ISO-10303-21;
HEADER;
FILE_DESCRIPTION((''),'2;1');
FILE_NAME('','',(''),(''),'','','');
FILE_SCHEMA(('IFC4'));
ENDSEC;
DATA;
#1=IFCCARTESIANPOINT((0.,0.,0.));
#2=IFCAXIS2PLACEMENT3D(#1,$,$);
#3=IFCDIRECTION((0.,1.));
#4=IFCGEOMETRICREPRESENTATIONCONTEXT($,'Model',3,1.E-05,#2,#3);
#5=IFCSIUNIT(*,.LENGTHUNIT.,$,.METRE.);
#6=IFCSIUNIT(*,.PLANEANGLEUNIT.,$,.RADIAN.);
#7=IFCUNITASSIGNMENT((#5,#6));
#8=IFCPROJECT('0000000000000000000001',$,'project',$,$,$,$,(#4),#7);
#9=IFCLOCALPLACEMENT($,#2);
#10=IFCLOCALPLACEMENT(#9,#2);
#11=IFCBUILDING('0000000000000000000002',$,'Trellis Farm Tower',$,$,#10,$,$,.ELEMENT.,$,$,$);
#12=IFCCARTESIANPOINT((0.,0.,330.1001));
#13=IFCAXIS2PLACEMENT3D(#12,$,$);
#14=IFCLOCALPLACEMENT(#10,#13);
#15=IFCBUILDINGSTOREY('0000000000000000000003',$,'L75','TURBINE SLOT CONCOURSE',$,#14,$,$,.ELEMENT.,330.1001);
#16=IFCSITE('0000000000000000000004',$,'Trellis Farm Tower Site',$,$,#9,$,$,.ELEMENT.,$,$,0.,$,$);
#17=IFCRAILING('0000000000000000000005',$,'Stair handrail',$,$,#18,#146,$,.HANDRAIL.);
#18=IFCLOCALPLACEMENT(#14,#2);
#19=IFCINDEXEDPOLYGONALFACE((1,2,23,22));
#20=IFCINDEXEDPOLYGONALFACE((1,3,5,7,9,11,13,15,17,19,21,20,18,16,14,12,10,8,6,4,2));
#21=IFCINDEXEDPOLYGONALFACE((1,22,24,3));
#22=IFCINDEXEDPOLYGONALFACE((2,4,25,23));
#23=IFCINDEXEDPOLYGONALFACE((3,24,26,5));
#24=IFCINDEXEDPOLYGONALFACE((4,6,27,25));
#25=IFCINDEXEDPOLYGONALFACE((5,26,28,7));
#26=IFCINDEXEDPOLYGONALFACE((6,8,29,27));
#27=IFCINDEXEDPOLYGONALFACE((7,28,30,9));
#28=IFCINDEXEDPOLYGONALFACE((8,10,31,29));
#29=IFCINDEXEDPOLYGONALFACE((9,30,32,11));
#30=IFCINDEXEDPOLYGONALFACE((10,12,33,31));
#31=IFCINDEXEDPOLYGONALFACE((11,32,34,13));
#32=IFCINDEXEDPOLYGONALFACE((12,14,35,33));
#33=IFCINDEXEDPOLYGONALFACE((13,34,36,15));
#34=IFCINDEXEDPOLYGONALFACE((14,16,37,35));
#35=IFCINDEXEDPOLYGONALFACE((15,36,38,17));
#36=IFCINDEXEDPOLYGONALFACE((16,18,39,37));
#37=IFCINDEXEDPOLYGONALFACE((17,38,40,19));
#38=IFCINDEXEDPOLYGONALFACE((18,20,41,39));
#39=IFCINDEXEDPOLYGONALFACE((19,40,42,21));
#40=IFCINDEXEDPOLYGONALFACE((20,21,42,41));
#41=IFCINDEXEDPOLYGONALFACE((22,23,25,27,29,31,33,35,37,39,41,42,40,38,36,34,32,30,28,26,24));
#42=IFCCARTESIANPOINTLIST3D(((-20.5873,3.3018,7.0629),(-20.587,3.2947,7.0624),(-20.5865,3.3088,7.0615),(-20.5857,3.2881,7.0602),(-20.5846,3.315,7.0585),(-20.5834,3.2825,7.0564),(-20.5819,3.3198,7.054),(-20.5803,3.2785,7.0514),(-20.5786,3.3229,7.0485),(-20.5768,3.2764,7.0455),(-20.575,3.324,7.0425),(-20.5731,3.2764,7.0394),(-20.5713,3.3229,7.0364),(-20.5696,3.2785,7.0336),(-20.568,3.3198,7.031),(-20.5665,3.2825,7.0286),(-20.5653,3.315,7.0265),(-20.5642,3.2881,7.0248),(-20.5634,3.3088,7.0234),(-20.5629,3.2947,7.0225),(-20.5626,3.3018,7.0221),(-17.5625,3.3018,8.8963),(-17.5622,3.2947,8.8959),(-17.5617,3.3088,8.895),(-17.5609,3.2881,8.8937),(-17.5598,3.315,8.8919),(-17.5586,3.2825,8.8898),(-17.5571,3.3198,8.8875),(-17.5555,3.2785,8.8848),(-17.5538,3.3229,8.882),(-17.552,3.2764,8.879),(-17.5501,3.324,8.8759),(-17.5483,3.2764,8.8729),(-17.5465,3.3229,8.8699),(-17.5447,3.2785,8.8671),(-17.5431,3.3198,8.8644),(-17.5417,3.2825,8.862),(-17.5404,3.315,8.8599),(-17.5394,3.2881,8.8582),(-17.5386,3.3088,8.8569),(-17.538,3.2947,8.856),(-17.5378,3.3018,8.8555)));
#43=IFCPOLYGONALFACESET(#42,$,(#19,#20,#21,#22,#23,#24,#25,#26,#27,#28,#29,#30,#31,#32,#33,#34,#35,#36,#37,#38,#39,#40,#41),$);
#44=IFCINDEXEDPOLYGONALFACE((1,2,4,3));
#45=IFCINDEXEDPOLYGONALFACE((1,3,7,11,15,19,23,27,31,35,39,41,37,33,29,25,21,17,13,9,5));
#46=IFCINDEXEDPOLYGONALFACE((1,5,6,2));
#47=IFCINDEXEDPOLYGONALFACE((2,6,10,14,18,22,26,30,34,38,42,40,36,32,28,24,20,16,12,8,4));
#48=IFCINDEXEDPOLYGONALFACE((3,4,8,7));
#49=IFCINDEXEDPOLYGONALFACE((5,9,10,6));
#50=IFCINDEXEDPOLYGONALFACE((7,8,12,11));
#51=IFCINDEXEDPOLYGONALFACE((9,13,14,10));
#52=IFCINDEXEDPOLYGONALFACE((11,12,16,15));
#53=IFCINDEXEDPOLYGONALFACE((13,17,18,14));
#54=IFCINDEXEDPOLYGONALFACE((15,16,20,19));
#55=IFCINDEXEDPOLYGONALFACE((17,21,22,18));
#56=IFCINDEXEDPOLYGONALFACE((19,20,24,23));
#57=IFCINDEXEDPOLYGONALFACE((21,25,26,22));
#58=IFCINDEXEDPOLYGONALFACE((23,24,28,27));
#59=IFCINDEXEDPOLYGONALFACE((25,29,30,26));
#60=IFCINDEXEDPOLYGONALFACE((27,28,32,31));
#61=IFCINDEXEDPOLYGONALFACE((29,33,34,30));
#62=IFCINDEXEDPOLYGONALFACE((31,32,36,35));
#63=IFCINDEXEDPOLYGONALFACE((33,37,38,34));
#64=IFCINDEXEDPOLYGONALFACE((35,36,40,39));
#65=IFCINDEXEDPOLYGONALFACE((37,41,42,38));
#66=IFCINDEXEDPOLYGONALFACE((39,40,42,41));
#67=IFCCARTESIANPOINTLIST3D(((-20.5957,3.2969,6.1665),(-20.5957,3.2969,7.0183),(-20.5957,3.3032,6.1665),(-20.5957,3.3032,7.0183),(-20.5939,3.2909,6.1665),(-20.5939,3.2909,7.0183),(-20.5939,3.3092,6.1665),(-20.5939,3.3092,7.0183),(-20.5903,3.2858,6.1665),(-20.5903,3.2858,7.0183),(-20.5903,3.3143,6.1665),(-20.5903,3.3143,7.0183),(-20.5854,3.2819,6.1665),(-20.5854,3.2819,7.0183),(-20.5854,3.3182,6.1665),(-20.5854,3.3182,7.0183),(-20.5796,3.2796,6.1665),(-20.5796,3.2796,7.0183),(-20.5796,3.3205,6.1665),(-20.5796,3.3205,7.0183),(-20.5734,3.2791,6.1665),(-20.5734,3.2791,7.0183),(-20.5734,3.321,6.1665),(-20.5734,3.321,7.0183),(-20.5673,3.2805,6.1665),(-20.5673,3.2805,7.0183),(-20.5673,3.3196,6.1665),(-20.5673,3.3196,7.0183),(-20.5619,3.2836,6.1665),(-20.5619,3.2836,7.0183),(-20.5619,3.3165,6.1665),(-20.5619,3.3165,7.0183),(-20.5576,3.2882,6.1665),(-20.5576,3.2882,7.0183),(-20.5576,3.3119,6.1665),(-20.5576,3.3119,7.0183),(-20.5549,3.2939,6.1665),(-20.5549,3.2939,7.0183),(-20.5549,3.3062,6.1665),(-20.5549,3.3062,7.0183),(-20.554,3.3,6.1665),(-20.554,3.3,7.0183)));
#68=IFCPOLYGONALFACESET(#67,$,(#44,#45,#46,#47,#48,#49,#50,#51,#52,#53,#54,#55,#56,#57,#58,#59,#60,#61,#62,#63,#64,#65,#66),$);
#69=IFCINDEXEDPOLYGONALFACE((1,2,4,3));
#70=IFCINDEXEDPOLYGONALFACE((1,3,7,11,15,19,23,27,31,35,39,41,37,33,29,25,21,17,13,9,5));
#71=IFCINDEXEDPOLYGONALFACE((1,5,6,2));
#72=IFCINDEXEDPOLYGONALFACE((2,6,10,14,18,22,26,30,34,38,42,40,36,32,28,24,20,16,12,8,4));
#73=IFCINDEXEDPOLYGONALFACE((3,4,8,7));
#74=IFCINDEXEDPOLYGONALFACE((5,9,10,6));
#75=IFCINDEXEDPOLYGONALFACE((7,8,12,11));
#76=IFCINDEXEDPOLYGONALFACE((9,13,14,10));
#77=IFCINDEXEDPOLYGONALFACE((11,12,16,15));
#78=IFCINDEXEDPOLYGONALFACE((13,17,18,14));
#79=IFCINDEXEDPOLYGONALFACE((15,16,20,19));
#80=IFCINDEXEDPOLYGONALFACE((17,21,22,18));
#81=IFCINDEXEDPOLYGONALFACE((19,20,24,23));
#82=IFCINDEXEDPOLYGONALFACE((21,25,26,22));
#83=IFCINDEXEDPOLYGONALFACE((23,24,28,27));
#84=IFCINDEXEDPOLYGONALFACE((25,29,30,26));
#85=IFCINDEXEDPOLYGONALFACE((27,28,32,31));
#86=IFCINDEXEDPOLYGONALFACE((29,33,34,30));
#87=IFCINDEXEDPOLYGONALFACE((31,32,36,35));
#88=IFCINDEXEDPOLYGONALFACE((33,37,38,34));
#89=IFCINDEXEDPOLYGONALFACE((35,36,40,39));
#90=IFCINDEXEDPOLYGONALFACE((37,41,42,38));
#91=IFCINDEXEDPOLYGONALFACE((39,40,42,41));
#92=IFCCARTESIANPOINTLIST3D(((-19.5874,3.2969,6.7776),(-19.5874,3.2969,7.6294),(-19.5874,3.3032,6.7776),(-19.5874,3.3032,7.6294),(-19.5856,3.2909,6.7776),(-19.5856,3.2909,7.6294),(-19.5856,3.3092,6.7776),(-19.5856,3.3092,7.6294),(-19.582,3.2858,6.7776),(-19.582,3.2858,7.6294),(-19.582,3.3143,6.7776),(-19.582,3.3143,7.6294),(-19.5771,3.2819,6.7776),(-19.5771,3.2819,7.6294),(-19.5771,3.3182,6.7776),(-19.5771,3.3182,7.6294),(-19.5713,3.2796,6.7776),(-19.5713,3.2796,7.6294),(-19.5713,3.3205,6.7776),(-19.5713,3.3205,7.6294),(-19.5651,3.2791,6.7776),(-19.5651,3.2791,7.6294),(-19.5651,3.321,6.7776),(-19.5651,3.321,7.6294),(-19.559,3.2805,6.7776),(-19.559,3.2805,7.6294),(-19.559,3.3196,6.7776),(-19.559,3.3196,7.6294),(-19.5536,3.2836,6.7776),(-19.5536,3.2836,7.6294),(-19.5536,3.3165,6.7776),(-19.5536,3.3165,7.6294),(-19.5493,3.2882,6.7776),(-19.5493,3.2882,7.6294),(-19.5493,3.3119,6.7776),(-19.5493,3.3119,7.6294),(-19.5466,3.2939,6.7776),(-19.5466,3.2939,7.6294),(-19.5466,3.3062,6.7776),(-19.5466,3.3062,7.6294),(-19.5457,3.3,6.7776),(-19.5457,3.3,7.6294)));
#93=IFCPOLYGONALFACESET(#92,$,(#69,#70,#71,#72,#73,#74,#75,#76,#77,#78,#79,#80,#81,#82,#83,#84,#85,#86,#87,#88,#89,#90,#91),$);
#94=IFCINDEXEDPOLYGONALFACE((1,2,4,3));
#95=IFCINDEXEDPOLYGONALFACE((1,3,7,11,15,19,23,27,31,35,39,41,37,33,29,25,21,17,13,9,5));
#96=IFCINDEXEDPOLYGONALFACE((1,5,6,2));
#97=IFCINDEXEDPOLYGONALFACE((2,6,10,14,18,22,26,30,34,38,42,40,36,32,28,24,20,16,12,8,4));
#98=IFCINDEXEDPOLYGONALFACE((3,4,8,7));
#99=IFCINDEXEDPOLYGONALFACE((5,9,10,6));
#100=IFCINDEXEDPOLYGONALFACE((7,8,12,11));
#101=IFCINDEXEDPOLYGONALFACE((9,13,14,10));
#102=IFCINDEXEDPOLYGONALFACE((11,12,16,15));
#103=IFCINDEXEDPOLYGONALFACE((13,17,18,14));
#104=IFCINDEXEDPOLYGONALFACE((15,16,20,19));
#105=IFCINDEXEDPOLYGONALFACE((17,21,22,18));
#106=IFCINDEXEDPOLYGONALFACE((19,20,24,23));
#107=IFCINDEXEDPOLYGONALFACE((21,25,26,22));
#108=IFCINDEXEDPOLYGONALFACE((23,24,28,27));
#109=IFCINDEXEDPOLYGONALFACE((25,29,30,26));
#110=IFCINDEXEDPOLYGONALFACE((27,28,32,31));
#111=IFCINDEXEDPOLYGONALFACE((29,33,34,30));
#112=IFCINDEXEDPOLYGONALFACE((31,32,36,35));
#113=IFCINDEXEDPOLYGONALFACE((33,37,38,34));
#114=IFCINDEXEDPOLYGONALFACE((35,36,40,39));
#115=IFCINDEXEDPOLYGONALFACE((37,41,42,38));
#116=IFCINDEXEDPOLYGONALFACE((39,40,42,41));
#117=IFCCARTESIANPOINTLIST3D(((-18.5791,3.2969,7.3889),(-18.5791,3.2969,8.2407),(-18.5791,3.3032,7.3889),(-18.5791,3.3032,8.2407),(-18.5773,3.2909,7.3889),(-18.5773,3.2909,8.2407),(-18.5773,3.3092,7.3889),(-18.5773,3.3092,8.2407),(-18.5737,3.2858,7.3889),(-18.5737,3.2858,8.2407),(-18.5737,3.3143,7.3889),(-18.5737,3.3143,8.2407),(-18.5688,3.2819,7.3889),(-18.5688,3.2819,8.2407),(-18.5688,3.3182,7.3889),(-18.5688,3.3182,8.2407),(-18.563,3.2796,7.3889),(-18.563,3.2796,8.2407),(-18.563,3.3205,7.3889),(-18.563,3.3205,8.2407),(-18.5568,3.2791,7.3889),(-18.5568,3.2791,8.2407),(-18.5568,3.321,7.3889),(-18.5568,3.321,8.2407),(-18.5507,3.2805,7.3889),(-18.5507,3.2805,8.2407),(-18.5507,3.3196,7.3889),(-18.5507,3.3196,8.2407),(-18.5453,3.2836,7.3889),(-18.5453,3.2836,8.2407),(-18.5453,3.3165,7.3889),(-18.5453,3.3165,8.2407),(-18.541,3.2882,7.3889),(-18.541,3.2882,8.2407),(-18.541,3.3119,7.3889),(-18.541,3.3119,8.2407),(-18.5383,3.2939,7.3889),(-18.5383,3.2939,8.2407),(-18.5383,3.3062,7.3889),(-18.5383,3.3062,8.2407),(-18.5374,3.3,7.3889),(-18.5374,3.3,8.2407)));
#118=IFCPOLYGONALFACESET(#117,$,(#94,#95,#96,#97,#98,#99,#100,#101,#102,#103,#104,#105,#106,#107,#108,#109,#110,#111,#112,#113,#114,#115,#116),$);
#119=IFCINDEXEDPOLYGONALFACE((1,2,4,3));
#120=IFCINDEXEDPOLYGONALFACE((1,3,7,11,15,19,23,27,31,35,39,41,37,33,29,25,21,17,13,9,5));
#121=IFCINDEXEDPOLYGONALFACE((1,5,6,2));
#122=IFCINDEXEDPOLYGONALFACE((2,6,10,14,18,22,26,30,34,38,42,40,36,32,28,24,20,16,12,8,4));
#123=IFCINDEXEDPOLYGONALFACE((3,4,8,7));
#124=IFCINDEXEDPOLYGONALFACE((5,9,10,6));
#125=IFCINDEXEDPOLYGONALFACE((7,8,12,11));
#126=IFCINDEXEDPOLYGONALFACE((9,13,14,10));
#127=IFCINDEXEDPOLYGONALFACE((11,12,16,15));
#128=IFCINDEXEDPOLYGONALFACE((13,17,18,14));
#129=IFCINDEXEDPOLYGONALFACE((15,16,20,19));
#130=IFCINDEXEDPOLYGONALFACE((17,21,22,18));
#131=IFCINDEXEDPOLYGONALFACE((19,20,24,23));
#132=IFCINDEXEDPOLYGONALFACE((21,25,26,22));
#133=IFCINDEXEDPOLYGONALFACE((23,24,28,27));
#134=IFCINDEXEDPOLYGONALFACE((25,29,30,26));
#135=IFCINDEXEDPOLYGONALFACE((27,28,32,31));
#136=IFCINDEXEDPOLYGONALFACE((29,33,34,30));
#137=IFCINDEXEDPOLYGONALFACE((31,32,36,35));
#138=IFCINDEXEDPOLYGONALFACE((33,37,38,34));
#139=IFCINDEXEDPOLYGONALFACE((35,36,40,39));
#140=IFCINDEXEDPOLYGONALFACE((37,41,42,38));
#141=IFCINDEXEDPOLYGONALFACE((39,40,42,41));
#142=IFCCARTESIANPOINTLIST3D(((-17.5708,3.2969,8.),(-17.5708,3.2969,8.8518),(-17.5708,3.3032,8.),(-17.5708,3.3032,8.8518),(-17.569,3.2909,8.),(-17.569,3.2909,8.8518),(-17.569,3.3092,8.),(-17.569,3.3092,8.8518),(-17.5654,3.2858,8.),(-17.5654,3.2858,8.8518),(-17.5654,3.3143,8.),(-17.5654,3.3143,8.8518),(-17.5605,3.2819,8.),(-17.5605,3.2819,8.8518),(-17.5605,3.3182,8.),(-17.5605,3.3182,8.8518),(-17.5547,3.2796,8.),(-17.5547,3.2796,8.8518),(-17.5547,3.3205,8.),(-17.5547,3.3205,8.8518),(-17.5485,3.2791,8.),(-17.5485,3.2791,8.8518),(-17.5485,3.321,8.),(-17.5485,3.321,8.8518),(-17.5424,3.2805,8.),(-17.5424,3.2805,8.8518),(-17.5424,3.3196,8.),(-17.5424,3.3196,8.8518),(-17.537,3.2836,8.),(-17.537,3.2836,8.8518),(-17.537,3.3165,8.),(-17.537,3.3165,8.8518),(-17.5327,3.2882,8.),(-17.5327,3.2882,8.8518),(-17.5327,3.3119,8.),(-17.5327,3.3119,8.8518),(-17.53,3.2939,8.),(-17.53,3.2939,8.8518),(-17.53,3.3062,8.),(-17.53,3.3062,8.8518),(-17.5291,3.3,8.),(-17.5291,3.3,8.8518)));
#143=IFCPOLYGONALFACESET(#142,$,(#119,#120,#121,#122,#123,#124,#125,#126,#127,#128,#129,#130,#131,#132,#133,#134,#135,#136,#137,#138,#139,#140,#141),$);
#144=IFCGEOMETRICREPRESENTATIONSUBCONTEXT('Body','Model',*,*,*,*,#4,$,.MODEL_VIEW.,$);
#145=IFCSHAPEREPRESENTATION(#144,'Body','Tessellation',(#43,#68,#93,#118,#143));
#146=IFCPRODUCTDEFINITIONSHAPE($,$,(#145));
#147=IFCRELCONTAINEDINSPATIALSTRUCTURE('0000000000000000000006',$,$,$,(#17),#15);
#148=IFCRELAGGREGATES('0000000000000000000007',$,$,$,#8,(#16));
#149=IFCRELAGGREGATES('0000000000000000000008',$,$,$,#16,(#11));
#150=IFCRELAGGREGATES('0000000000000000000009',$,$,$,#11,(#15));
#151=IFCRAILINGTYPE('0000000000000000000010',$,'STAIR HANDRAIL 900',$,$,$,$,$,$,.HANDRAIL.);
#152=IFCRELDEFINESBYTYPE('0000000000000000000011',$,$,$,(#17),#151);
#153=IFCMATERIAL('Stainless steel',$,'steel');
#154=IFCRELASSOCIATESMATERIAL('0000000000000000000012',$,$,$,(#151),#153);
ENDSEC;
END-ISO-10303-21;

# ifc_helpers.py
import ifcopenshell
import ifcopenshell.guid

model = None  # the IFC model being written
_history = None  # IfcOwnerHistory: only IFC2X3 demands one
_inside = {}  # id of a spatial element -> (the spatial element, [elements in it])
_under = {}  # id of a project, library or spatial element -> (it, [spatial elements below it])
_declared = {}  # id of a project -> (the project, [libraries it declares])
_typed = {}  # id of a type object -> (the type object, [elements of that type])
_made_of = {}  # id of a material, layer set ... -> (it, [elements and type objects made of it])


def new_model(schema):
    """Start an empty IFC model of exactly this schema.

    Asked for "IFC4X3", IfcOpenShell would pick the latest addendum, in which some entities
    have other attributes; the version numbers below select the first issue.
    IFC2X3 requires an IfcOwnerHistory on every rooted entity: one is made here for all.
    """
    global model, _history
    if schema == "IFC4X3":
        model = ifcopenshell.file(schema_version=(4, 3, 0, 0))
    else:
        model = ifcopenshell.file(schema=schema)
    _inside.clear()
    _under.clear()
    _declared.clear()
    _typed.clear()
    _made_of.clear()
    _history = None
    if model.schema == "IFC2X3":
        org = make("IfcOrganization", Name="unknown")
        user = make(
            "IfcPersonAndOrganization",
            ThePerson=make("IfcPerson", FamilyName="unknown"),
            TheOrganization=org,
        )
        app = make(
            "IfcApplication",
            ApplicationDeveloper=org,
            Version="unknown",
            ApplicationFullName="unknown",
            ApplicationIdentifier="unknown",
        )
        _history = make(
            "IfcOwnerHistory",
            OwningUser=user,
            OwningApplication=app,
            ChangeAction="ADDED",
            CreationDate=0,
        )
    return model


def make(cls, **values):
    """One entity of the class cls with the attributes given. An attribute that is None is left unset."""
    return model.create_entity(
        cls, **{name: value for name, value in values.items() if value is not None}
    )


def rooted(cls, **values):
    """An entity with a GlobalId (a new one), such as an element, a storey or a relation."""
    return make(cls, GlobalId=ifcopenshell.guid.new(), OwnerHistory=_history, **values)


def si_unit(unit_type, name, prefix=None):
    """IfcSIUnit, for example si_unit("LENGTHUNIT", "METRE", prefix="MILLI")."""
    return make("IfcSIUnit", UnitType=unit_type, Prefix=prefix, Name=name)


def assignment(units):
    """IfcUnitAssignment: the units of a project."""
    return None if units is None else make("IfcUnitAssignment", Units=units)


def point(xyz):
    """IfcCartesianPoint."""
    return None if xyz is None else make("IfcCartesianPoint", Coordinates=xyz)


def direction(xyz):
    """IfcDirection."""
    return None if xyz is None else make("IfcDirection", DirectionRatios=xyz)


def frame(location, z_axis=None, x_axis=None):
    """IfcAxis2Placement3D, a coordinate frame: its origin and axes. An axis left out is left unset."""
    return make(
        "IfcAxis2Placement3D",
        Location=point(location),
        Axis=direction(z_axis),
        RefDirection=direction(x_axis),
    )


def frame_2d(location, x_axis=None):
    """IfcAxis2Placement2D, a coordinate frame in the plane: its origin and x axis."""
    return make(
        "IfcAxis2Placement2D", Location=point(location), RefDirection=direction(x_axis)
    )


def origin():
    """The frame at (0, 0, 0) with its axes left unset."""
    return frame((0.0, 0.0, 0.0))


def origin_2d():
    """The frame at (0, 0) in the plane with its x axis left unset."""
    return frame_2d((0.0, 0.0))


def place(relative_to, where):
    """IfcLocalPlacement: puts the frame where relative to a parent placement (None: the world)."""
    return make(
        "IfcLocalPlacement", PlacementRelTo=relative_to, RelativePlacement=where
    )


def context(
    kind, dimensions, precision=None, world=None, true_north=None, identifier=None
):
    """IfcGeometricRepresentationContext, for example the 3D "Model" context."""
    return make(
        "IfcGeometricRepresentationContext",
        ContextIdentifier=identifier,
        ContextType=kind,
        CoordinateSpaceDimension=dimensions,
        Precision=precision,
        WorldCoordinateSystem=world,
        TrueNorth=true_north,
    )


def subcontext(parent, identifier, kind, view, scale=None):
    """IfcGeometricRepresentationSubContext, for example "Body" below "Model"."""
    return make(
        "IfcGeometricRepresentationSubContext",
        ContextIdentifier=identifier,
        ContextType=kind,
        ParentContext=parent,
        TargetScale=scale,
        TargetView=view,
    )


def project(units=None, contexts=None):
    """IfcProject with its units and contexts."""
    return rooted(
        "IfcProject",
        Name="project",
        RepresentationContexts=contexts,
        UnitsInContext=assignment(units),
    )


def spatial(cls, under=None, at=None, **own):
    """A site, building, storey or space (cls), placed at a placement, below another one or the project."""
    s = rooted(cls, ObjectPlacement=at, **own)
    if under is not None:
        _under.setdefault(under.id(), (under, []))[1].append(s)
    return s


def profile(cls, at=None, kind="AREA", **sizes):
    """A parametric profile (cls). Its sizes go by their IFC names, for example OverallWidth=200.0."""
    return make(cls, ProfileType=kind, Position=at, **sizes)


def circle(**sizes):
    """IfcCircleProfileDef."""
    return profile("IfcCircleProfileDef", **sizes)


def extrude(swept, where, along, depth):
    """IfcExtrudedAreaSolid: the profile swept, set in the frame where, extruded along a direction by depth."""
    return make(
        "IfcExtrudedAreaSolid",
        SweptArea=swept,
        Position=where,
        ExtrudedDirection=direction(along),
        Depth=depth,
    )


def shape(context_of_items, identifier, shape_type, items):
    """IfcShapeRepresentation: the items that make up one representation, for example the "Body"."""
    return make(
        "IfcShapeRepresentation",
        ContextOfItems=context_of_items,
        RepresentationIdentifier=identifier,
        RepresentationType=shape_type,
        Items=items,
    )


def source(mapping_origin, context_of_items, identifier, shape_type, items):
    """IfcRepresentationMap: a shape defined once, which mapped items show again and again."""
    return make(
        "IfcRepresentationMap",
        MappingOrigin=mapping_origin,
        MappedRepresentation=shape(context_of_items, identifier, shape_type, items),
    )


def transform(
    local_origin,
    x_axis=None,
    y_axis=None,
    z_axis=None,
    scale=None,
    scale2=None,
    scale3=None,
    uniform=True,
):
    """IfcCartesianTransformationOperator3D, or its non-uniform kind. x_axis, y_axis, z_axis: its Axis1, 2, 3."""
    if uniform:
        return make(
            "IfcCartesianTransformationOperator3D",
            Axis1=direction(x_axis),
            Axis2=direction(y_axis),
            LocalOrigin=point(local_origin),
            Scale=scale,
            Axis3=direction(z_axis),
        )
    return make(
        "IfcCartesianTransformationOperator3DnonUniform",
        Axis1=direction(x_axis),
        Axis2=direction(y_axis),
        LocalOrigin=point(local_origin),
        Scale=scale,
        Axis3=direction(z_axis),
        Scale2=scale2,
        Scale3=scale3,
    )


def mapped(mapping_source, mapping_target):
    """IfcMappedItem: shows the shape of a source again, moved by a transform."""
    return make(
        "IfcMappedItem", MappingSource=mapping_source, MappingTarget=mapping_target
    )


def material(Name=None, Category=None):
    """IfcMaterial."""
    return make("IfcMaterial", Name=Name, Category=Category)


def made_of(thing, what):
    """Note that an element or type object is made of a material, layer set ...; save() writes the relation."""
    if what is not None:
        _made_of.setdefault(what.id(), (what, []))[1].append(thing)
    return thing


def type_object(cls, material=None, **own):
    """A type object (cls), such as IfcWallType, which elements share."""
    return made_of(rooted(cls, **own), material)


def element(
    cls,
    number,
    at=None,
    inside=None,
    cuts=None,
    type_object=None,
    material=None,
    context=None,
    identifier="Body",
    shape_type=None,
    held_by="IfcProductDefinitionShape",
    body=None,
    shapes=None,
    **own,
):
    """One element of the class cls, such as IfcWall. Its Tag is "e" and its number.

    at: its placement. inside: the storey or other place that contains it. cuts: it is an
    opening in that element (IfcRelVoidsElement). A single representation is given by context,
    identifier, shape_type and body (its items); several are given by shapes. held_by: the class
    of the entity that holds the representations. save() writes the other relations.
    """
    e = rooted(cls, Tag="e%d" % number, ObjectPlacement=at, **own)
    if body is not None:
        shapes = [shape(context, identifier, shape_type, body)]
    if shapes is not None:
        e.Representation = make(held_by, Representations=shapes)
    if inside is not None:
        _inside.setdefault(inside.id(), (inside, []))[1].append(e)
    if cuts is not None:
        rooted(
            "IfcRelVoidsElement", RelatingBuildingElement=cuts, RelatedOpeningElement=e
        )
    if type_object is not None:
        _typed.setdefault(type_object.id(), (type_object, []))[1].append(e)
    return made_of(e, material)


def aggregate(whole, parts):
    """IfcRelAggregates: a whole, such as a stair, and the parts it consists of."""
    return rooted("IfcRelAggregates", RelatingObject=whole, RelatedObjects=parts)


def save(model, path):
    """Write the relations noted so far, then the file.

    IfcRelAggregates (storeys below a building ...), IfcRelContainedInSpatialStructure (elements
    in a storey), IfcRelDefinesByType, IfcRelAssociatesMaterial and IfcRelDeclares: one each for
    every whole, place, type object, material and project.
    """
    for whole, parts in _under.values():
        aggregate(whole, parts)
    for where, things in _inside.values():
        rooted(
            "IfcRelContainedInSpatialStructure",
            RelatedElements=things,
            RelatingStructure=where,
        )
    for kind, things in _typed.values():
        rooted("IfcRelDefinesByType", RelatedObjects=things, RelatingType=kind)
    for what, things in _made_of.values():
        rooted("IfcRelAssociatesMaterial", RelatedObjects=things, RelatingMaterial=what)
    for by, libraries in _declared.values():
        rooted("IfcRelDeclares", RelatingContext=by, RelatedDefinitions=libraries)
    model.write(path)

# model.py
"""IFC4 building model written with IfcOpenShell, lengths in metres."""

from ifc_helpers import new_model, si_unit, direction, frame, origin, origin_2d, place, context, subcontext, project, spatial, circle, extrude, source, transform, mapped, material, type_object, element, save


model = new_model("IFC4")

# Units and contexts
model_context = context("Model", 3, precision=1e-05, world=origin(), true_north=direction((0.0, 1.0)))
body_context = subcontext(model_context, "Body", "Model", "MODEL_VIEW")
ifc_project = project(units=[si_unit("LENGTHUNIT", "METRE"), si_unit("PLANEANGLEUNIT", "RADIAN")], contexts=[model_context])

# Site, building, storey
site_placement = place(None, origin())
site = spatial("IfcSite", under=ifc_project, at=site_placement, Name="Trellis Farm Tower Site", CompositionType="ELEMENT", RefElevation=0.0)
building_placement = place(site_placement, origin())
building = spatial("IfcBuilding", under=site, at=building_placement, Name="Trellis Farm Tower", CompositionType="ELEMENT")
storey_placement = place(building_placement, frame((0.0, 0.0, 330.1001)))
storey = spatial("IfcBuildingStorey", under=building, at=storey_placement, Name="L75", Description="TURBINE SLOT CONCOURSE", CompositionType="ELEMENT", Elevation=330.1001)

# Railing
ifc_material_1 = material(Name="Stainless steel", Category="steel")
railing_type_1 = type_object("IfcRailingType", Name="STAIR HANDRAIL 900", PredefinedType="HANDRAIL", material=ifc_material_1)
shared_shape_1 = source(origin(), body_context, "Body", "SweptSolid", [
    extrude(circle(Radius=0.0239, at=origin_2d()), frame((0.0, 0.0, 0.876), z_axis=(0.85517, 0.0, 0.518348), x_axis=(0.0, 1.0, 0.0)), (0.0, 0.0, 1.0), 3.5371),
    extrude(circle(Radius=0.021, at=origin_2d()), origin(), (0.0, 0.0, 1.0), 0.8518),
    extrude(circle(Radius=0.021, at=origin_2d()), frame((1.0083, 0.0, 0.6111)), (0.0, 0.0, 1.0), 0.8518),
    extrude(circle(Radius=0.021, at=origin_2d()), frame((2.0166, 0.0, 1.2224)), (0.0, 0.0, 1.0), 0.8518),
    extrude(circle(Radius=0.021, at=origin_2d()), frame((3.0249, 0.0, 1.8335)), (0.0, 0.0, 1.0), 0.8518),
])
for number, where, name in (
    (1, (-20.575, 3.3, 6.1665), "Stair handrail"),
):
    element("IfcRailing", number, at=place(storey_placement, frame(where)), inside=storey, type_object=railing_type_1, Name=name, PredefinedType="HANDRAIL", context=body_context, shape_type="MappedRepresentation", body=[
        mapped(shared_shape_1, transform((0.0, 0.0, 0.0))),
    ])

save(model, "model.ifc")
